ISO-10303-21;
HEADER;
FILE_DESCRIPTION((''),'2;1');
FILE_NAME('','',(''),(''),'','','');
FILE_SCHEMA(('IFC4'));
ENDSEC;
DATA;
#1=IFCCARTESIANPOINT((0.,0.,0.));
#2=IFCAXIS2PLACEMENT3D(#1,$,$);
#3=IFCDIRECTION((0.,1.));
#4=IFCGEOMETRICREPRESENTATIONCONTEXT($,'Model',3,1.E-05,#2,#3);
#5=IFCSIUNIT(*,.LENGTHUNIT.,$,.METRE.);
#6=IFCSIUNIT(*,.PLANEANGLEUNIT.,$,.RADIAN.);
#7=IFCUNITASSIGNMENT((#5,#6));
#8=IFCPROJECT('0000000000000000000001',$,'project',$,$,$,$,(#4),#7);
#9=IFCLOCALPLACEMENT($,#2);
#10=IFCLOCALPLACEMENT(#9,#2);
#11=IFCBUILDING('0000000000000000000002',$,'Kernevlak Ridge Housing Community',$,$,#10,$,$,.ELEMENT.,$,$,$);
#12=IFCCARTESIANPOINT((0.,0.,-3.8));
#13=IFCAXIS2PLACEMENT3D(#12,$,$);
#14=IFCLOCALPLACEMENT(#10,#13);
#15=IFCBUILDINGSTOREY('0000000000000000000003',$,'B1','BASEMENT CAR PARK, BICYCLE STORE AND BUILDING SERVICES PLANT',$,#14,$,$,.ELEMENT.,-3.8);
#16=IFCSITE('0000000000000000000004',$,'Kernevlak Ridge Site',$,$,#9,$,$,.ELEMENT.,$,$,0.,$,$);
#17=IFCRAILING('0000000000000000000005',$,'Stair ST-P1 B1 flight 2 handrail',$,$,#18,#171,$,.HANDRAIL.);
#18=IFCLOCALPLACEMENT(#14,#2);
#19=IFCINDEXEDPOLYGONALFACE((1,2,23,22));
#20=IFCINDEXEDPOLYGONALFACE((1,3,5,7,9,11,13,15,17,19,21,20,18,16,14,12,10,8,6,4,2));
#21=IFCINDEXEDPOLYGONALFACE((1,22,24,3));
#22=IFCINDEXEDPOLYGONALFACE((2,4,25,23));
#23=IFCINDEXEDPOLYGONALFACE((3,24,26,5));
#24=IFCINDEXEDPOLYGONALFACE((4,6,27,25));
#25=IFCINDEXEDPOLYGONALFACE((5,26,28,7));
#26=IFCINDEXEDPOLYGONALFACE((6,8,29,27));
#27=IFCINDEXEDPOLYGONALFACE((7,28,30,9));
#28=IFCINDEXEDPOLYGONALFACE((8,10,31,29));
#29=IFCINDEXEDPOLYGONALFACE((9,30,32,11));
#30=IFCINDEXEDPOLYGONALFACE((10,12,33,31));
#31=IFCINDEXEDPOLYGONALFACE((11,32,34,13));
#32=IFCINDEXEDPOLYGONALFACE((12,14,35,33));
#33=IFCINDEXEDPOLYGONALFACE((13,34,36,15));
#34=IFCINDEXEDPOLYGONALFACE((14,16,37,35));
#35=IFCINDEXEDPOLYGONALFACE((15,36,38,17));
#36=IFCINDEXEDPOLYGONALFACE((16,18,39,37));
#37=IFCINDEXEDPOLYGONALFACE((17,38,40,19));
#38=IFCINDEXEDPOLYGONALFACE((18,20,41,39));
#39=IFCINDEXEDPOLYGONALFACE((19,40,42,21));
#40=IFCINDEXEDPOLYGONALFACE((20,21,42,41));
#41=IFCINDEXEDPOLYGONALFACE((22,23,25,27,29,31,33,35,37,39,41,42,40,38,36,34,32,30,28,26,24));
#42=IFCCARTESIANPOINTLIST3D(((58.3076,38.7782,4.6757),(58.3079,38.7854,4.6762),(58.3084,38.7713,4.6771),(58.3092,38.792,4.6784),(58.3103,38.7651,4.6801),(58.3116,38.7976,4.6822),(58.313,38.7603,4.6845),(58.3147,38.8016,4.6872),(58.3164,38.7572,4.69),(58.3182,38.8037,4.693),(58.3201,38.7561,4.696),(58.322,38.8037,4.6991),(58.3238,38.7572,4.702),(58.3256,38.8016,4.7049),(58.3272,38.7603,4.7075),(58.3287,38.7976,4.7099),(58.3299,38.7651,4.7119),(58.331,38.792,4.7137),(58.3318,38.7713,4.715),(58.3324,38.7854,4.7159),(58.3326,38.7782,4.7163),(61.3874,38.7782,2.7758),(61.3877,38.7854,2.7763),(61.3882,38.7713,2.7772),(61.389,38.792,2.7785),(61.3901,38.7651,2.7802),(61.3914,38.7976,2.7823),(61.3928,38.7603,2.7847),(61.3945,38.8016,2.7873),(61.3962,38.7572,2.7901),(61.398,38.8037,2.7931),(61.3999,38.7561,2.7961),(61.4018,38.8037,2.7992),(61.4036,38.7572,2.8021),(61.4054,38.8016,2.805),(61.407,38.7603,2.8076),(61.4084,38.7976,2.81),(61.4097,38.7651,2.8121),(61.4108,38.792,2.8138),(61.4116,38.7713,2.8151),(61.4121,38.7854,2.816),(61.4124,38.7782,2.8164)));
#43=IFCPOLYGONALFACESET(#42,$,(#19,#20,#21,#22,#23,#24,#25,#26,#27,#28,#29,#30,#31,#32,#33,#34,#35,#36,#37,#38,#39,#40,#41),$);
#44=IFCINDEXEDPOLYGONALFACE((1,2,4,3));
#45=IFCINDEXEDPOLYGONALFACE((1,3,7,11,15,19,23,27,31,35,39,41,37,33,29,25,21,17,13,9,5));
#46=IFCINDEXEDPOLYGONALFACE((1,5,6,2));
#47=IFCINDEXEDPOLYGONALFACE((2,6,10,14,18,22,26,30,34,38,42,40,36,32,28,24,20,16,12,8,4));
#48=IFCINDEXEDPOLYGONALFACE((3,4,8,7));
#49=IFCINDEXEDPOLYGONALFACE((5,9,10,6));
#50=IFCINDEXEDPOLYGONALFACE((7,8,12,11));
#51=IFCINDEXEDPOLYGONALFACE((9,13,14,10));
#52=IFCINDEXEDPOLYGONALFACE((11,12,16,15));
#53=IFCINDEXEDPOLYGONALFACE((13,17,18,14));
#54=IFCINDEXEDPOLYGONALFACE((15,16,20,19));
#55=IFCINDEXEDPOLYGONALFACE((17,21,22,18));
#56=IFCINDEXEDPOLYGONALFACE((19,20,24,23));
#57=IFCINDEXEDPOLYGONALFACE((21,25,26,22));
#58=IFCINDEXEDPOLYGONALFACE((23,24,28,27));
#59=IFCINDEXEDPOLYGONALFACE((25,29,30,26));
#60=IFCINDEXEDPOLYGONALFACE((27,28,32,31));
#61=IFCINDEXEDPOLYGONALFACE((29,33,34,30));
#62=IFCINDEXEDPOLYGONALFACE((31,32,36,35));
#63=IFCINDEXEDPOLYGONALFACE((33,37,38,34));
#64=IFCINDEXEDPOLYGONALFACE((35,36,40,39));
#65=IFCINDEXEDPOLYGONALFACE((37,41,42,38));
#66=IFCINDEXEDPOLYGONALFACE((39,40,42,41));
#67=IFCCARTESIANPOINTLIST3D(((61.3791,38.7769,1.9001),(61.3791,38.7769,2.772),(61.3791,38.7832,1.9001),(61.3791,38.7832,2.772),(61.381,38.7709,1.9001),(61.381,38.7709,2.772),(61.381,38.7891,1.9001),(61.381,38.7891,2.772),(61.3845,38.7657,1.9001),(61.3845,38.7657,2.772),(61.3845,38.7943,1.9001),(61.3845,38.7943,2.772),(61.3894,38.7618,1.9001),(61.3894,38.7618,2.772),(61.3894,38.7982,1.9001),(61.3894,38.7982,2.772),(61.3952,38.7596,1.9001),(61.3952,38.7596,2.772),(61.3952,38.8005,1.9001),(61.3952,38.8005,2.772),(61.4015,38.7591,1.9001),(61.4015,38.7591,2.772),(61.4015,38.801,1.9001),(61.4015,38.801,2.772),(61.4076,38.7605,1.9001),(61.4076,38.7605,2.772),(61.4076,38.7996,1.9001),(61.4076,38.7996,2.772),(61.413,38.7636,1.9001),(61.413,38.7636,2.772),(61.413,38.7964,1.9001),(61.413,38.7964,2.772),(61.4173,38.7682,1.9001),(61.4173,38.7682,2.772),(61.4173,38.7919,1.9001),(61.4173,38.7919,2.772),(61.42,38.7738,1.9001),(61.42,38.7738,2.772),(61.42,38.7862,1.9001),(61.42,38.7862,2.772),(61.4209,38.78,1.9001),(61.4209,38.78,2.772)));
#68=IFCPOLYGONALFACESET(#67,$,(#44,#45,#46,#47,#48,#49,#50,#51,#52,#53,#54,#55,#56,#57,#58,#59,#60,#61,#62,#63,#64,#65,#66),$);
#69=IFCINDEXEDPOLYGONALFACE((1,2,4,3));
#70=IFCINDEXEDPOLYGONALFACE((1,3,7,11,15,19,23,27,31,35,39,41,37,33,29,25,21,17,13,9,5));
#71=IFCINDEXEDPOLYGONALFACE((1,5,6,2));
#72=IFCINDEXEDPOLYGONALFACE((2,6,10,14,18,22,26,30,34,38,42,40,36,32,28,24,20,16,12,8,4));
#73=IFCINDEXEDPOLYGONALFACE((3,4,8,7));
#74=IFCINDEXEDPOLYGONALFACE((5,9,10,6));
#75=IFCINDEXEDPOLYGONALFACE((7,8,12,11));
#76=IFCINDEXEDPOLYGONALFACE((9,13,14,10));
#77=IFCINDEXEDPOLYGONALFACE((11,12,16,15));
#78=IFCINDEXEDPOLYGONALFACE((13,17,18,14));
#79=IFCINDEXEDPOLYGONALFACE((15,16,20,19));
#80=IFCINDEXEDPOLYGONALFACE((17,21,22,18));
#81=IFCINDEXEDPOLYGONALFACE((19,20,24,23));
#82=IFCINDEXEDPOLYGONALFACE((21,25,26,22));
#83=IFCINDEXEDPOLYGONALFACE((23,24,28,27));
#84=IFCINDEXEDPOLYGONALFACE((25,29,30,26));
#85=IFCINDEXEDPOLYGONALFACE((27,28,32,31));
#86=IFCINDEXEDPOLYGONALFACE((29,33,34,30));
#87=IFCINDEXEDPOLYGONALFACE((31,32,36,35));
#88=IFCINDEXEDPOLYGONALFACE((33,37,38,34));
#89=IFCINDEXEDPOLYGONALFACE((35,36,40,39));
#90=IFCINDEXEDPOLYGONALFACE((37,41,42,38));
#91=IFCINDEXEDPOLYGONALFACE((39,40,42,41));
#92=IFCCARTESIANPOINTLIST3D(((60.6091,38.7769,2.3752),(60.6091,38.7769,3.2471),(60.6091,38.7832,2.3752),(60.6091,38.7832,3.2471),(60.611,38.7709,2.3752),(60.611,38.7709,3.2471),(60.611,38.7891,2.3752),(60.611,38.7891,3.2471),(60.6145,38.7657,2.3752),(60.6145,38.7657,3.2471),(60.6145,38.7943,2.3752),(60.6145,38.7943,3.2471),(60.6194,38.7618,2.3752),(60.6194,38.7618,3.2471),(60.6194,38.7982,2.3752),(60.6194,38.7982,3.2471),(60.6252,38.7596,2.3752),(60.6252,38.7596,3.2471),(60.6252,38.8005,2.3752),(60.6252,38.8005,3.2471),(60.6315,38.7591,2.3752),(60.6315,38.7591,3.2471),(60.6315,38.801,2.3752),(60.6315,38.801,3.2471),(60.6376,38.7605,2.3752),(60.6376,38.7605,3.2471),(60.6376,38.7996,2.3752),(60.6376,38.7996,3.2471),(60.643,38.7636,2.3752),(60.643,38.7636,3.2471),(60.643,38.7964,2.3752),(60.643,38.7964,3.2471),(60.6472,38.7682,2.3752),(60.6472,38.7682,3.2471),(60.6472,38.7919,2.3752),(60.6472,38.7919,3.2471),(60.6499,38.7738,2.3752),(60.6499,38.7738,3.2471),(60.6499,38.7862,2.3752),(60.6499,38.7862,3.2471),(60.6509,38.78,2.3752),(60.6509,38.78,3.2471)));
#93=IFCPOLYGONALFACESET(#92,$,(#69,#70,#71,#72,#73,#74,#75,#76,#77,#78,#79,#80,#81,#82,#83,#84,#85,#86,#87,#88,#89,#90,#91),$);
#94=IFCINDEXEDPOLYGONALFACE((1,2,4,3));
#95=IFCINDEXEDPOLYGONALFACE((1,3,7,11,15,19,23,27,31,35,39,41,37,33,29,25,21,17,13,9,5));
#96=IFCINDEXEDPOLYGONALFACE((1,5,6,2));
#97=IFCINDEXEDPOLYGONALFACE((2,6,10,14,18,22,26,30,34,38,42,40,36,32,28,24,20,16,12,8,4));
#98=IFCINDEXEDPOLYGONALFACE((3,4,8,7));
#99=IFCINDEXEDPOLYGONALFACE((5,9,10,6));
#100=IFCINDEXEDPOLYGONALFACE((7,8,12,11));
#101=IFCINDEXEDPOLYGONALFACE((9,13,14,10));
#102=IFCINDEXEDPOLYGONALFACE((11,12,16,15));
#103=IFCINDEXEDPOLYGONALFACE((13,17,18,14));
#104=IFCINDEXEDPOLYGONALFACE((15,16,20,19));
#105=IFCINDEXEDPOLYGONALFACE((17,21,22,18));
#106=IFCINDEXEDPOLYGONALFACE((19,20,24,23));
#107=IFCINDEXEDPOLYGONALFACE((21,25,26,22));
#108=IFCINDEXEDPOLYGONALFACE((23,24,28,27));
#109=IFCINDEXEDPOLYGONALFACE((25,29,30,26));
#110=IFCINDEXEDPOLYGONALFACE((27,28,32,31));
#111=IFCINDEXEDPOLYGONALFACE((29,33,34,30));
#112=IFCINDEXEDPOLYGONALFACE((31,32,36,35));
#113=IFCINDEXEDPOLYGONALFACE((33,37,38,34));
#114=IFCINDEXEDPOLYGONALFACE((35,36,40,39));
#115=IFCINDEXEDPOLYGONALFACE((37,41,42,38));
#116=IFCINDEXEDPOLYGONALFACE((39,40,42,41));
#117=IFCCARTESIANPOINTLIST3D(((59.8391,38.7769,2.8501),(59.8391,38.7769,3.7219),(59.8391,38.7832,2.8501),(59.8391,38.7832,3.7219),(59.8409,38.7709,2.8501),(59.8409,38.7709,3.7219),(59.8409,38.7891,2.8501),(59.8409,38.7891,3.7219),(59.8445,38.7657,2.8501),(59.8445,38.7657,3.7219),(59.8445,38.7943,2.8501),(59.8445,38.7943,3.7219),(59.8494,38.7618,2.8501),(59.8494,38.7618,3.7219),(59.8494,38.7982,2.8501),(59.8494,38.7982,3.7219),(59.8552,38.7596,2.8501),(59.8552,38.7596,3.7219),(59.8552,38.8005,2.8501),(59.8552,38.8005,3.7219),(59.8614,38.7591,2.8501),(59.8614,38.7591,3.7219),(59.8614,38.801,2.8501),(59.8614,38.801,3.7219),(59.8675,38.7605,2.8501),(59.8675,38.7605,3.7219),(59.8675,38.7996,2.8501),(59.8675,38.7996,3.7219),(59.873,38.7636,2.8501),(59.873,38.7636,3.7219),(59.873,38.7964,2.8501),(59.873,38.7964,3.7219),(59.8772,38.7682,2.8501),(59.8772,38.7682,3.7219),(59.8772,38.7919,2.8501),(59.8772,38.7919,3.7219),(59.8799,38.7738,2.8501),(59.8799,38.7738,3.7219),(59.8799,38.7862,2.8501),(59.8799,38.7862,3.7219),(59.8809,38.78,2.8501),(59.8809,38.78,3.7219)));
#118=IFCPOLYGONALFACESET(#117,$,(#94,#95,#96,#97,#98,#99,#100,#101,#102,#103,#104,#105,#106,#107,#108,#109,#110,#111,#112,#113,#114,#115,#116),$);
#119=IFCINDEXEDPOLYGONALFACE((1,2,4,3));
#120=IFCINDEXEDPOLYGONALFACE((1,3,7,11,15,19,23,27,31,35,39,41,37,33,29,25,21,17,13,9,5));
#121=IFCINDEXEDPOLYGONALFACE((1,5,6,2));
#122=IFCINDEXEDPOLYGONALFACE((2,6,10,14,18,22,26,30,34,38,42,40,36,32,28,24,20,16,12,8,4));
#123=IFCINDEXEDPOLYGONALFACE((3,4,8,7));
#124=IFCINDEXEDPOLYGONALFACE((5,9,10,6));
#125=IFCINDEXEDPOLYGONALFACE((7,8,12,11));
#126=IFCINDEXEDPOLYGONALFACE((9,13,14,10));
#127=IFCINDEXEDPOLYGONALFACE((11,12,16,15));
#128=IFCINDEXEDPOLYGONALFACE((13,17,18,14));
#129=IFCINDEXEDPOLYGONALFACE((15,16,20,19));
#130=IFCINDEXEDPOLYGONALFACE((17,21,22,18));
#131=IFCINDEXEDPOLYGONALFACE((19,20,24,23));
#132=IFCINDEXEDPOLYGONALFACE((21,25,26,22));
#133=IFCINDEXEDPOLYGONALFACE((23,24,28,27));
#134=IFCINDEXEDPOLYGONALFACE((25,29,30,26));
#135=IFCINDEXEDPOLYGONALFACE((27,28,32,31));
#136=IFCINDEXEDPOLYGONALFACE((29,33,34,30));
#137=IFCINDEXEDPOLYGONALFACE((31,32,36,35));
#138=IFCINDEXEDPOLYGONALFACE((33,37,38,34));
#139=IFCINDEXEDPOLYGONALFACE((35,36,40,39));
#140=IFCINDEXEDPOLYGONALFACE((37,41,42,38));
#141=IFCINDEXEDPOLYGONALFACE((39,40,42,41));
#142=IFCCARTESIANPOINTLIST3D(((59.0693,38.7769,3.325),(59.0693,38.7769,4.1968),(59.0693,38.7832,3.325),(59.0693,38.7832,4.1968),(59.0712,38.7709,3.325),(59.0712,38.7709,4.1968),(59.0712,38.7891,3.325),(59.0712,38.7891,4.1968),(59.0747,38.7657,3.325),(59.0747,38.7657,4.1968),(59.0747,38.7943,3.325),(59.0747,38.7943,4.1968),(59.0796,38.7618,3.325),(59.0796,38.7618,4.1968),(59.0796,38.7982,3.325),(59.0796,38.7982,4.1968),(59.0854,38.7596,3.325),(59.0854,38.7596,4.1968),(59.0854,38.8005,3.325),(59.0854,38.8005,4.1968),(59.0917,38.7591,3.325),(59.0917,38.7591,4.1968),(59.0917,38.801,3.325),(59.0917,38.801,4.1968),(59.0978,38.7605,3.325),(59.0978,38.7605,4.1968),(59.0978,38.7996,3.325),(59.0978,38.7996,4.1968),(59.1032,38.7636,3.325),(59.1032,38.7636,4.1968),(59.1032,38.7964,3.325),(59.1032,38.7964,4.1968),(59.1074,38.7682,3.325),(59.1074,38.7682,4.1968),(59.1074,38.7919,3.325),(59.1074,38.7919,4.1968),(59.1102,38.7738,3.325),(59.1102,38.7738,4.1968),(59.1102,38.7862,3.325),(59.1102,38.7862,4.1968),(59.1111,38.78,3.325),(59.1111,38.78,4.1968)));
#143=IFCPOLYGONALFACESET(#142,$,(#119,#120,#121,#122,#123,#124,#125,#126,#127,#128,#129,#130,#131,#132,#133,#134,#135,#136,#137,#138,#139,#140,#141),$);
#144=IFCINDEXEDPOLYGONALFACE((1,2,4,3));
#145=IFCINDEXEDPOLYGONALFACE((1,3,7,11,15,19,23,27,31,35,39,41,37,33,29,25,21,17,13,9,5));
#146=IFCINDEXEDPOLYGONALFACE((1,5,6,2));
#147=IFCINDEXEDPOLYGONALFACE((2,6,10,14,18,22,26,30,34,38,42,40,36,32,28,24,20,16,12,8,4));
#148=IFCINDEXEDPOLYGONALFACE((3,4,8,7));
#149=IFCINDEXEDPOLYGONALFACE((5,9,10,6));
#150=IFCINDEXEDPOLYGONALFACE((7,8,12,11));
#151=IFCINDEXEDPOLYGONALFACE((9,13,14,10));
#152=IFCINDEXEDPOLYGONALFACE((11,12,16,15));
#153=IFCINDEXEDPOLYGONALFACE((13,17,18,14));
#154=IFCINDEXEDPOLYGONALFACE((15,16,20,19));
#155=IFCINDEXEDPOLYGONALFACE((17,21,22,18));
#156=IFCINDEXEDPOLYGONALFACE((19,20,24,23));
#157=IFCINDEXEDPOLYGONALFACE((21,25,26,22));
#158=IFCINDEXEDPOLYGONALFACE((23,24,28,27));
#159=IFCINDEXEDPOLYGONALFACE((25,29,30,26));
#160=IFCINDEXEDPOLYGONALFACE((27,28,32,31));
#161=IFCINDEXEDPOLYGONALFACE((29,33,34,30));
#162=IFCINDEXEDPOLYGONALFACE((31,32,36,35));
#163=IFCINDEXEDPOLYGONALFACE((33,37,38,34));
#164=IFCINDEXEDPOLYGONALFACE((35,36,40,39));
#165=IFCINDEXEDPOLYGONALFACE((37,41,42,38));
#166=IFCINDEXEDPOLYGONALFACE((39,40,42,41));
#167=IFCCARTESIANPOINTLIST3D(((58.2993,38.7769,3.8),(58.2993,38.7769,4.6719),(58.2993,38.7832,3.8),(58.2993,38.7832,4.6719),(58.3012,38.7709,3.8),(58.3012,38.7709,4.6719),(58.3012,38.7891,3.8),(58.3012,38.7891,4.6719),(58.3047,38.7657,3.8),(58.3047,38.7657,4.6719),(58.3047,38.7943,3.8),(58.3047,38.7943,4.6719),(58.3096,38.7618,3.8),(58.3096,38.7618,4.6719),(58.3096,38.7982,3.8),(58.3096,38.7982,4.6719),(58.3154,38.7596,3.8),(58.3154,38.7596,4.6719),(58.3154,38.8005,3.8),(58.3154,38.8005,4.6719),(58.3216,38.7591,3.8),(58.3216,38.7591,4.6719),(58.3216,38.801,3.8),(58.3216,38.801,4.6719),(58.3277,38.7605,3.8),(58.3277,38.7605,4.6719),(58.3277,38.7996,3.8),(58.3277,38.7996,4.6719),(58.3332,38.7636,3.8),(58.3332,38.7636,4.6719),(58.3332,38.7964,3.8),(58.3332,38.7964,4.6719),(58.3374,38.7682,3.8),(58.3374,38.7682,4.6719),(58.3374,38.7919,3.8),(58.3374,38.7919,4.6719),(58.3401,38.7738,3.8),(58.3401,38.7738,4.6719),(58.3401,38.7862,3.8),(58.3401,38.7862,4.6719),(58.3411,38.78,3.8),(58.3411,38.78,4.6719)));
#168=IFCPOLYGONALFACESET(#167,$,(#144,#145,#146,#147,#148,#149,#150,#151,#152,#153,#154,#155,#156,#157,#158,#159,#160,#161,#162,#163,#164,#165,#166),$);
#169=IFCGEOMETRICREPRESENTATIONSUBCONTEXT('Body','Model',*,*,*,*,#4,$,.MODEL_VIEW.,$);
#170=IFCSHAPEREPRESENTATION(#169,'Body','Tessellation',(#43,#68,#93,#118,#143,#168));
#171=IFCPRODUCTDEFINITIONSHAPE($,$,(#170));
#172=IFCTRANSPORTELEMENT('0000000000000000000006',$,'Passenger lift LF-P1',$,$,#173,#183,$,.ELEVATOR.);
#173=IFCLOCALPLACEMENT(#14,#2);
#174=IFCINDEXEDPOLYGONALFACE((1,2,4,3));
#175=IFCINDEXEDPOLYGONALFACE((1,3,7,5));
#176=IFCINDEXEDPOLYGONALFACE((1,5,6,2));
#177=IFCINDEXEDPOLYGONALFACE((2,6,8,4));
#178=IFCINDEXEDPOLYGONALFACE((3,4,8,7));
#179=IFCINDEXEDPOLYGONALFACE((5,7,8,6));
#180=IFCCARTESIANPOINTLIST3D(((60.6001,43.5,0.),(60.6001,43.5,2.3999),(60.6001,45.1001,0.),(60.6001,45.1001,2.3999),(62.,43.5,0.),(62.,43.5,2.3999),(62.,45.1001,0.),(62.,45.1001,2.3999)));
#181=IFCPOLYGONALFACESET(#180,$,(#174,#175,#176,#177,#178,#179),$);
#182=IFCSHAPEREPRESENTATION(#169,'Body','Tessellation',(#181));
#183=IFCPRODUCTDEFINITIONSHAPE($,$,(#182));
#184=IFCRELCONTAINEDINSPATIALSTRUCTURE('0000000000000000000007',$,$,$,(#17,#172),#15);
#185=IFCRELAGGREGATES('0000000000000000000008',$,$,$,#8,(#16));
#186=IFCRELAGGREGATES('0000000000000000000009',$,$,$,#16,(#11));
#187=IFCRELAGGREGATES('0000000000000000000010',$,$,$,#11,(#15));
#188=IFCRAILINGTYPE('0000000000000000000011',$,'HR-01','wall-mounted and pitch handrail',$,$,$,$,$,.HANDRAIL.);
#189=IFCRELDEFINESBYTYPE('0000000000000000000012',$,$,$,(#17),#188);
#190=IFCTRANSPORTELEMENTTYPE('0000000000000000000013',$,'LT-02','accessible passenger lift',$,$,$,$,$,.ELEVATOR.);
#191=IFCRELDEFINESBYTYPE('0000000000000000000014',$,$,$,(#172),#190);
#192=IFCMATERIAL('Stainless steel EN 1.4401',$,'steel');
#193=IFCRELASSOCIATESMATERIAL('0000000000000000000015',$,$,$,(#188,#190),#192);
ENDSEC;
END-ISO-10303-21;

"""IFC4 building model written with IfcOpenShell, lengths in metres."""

from ifc_helpers import new_model, si_unit, direction, frame, origin, origin_2d, place, context, subcontext, project, spatial, rectangle, circle, extrude, material, type_object, element, save


model = new_model("IFC4")

# Units and contexts
model_context = context("Model", 3, precision=1e-05, world=origin(), true_north=direction((0.0, 1.0)))
body_context = subcontext(model_context, "Body", "Model", "MODEL_VIEW")
ifc_project = project(units=[si_unit("LENGTHUNIT", "METRE"), si_unit("PLANEANGLEUNIT", "RADIAN")], contexts=[model_context])

# Site, building, storey
site_placement = place(None, origin())
site = spatial("IfcSite", under=ifc_project, at=site_placement, Name="Kernevlak Ridge Site", CompositionType="ELEMENT", RefElevation=0.0)
building_placement = place(site_placement, origin())
building = spatial("IfcBuilding", under=site, at=building_placement, Name="Kernevlak Ridge Housing Community", CompositionType="ELEMENT")
storey_placement = place(building_placement, frame((0.0, 0.0, -3.8)))
storey = spatial("IfcBuildingStorey", under=building, at=storey_placement, Name="B1", Description="BASEMENT CAR PARK, BICYCLE STORE AND BUILDING SERVICES PLANT", CompositionType="ELEMENT", Elevation=-3.8)

# Shared definitions
ifc_material_1 = material(Name="Stainless steel EN 1.4401", Category="steel")

# Railing
railing_type = type_object("IfcRailingType", Name="HR-01", Description="wall-mounted and pitch handrail", PredefinedType="HANDRAIL", material=ifc_material_1)
railing_placement = place(storey_placement, frame((61.3999, 38.78, 1.9001)))
element("IfcRailing", 1, at=railing_placement, inside=storey, type_object=railing_type, Name="Stair ST-P1 B1 flight 2 handrail", PredefinedType="HANDRAIL", context=body_context, shape_type="SweptSolid", body=[
    extrude(circle(Radius=0.0239, at=origin_2d()), frame((0.0, 0.0, 0.896), z_axis=(-0.851088, 0.0, 0.525023), x_axis=(0.0, -1.0, 0.0)), (0.0, 0.0, 1.0), 3.6187),
    extrude(circle(Radius=0.021, at=origin_2d()), origin(), (0.0, 0.0, 1.0), 0.8718),
    extrude(circle(Radius=0.021, at=origin_2d()), frame((-0.77, 0.0, 0.4751)), (0.0, 0.0, 1.0), 0.8718),
    extrude(circle(Radius=0.021, at=origin_2d()), frame((-1.54, 0.0, 0.95)), (0.0, 0.0, 1.0), 0.8718),
    extrude(circle(Radius=0.021, at=origin_2d()), frame((-2.3098, 0.0, 1.4248)), (0.0, 0.0, 1.0), 0.8718),
    extrude(circle(Radius=0.021, at=origin_2d()), frame((-3.0798, 0.0, 1.8999)), (0.0, 0.0, 1.0), 0.8718),
])

# Transport element
transport_element_type = type_object("IfcTransportElementType", Name="LT-02", Description="accessible passenger lift", PredefinedType="ELEVATOR", material=ifc_material_1)
transport_element_placement = place(storey_placement, frame((61.3, 44.3, 0.0), z_axis=(0.0, 0.0, 1.0), x_axis=(1.0, 0.0, 0.0)))
element("IfcTransportElement", 2, at=transport_element_placement, inside=storey, type_object=transport_element_type, Name="Passenger lift LF-P1", PredefinedType="ELEVATOR", context=body_context, shape_type="SweptSolid", body=[
    extrude(rectangle(XDim=1.3999, YDim=1.6001, at=origin_2d()), origin(), (0.0, 0.0, 1.0), 2.3999),
])

save(model, "model.ifc")
